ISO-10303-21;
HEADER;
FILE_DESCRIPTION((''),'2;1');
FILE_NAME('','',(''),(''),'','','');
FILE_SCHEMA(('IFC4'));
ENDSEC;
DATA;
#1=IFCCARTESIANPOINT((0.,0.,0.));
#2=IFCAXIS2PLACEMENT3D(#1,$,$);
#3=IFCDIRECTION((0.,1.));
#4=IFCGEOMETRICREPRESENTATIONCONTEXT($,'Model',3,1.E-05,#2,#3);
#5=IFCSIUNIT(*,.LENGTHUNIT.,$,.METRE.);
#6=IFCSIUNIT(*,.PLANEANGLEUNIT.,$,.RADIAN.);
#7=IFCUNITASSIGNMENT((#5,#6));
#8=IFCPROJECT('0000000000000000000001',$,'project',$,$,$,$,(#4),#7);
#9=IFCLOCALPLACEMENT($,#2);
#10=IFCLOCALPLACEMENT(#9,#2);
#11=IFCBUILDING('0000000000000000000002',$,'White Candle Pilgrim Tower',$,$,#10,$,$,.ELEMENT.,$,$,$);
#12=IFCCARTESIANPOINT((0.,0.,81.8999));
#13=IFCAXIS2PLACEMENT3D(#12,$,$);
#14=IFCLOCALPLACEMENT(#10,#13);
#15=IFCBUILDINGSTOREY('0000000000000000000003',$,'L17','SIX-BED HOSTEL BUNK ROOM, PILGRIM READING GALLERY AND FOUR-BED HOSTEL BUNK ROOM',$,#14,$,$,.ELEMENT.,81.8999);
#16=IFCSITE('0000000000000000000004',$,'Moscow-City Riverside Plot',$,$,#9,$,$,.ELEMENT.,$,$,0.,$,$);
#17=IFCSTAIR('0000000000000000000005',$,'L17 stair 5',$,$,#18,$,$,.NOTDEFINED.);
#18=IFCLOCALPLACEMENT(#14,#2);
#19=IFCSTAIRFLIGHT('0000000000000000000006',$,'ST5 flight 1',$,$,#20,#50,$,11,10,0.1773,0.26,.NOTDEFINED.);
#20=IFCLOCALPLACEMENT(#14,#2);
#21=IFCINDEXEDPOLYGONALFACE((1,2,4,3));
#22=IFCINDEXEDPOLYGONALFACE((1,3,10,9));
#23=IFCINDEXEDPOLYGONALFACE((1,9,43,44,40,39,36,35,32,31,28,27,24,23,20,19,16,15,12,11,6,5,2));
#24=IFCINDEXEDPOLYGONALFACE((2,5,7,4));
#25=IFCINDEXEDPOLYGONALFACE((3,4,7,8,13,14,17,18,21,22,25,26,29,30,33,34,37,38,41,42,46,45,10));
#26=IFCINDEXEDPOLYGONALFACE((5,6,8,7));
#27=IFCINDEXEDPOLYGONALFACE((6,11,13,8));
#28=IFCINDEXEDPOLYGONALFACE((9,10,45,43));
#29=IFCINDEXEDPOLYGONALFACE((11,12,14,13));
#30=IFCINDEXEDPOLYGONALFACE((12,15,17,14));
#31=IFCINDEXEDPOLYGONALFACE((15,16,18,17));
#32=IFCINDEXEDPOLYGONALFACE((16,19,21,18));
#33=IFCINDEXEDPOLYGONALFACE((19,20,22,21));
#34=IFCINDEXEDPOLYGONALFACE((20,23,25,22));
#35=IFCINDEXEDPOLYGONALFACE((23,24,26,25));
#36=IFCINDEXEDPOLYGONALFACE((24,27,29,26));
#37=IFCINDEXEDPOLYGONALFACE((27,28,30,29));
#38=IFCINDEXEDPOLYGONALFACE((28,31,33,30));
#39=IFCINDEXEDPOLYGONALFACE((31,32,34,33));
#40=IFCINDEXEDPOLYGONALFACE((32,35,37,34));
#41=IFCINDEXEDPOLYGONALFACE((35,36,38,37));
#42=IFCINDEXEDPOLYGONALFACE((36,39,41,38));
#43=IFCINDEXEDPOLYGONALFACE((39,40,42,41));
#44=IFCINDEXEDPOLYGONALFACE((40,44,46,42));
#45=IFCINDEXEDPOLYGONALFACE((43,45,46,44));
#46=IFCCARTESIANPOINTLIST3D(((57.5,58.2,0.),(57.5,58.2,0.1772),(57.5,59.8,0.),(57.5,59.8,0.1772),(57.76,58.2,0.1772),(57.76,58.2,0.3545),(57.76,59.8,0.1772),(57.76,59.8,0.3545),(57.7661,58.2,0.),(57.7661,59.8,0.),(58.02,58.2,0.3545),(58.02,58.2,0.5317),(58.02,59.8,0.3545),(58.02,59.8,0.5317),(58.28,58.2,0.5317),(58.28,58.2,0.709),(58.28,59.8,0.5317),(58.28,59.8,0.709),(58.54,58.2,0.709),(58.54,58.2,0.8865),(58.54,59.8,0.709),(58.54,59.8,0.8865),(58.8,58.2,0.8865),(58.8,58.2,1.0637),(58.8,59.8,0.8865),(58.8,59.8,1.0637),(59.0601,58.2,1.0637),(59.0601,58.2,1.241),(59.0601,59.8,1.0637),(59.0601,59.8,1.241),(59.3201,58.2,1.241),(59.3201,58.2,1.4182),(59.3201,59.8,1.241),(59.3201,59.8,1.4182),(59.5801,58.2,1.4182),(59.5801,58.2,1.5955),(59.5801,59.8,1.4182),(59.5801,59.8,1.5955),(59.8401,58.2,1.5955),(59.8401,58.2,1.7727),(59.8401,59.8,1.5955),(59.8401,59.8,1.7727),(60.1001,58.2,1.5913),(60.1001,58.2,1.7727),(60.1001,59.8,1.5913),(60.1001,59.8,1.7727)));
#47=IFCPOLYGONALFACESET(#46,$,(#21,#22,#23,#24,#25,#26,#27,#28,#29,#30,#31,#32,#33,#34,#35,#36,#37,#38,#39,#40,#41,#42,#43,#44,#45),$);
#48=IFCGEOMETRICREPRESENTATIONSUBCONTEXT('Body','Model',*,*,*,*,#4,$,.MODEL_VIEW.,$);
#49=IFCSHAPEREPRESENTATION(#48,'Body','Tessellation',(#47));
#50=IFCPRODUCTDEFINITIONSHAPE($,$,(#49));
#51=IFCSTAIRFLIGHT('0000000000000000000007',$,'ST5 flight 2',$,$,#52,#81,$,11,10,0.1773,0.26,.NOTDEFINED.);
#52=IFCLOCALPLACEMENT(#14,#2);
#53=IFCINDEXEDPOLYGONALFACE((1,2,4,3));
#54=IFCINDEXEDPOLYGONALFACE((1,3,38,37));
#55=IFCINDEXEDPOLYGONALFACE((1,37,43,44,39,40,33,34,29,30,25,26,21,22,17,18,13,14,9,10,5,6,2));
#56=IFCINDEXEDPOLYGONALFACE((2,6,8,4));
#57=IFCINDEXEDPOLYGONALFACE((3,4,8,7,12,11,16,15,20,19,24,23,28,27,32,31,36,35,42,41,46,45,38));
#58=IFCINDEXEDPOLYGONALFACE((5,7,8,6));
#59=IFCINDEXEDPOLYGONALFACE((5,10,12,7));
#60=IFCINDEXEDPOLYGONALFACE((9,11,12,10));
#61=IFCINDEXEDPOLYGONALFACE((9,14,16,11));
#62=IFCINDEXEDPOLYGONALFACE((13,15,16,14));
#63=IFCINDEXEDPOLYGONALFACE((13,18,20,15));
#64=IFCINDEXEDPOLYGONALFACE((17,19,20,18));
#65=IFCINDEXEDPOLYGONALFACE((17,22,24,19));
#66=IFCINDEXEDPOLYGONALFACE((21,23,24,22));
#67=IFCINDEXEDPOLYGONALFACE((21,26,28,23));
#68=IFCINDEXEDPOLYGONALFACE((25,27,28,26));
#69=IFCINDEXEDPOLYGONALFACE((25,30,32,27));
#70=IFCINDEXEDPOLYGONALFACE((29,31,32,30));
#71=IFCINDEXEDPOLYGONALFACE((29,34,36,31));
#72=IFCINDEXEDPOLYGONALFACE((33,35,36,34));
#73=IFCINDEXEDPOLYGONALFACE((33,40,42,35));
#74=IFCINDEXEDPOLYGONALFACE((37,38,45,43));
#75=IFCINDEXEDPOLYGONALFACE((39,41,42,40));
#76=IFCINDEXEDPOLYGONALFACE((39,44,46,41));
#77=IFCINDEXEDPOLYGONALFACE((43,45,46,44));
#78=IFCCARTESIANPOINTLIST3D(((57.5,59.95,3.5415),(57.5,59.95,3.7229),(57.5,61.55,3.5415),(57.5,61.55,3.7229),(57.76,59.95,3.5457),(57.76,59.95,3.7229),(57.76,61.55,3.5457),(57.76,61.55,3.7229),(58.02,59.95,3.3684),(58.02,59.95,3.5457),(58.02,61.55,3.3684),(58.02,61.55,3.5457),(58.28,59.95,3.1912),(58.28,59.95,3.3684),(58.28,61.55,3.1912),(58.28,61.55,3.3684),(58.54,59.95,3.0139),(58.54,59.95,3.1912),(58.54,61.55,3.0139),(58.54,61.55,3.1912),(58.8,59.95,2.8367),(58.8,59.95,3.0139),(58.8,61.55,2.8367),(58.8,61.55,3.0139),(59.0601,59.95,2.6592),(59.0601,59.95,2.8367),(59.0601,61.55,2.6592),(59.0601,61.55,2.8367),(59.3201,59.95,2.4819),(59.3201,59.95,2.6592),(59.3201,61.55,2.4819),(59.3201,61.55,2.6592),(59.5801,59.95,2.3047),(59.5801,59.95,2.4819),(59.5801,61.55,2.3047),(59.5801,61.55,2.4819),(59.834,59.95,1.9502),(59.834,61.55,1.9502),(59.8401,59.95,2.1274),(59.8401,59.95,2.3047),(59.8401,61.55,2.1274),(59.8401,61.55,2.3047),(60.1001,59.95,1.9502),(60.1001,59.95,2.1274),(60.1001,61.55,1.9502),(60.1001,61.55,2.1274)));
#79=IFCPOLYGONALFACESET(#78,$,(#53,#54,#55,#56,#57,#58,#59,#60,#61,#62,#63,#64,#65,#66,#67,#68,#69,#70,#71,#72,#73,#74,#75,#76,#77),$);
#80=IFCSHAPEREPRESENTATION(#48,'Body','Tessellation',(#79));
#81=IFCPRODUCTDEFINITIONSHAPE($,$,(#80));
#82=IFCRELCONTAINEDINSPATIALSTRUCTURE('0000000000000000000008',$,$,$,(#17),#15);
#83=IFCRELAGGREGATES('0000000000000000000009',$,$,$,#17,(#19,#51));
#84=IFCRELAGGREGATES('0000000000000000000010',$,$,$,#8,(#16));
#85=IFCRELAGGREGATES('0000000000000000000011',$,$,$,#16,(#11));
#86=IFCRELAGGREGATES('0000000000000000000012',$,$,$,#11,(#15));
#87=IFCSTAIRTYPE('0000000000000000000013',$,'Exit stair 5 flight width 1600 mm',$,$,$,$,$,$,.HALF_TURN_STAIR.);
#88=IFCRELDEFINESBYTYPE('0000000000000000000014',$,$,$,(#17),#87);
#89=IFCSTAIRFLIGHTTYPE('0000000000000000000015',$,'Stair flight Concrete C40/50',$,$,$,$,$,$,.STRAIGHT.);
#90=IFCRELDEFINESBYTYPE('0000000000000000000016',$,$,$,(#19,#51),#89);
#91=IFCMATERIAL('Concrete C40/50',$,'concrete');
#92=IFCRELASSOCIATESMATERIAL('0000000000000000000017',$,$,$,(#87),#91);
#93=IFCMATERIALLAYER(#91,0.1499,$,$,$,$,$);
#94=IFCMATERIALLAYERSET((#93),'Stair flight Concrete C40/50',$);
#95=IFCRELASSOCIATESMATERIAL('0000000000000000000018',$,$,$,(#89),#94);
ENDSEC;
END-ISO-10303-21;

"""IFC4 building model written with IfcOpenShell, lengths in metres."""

from ifc_helpers import new_model, si_unit, direction, frame, origin, place, context, subcontext, project, spatial, polyline, outline, extrude, material, layer, layer_set, type_object, element, aggregate, save


model = new_model("IFC4")

# Units and contexts
model_context = context("Model", 3, precision=1e-05, world=origin(), true_north=direction((0.0, 1.0)))
body_context = subcontext(model_context, "Body", "Model", "MODEL_VIEW")
ifc_project = project(units=[si_unit("LENGTHUNIT", "METRE"), si_unit("PLANEANGLEUNIT", "RADIAN")], contexts=[model_context])

# Site, building, storey
site_placement = place(None, origin())
site = spatial("IfcSite", under=ifc_project, at=site_placement, Name="Moscow-City Riverside Plot", CompositionType="ELEMENT", RefElevation=0.0)
building_placement = place(site_placement, origin())
building = spatial("IfcBuilding", under=site, at=building_placement, Name="White Candle Pilgrim Tower", CompositionType="ELEMENT")
storey_placement = place(building_placement, frame((0.0, 0.0, 81.8999)))
storey = spatial("IfcBuildingStorey", under=building, at=storey_placement, Name="L17", Description="SIX-BED HOSTEL BUNK ROOM, PILGRIM READING GALLERY AND FOUR-BED HOSTEL BUNK ROOM", CompositionType="ELEMENT", Elevation=81.8999)

# Stair, stair flights
ifc_material_1 = material(Name="Concrete C40/50", Category="concrete")
stair_type = type_object("IfcStairType", Name="Exit stair 5 flight width 1600 mm", PredefinedType="HALF_TURN_STAIR", material=ifc_material_1)
stair_placement = place(storey_placement, origin())
stair = element("IfcStair", 1, at=stair_placement, inside=storey, type_object=stair_type, Name="L17 stair 5", PredefinedType="NOTDEFINED")
ifc_layer_1 = layer(ifc_material_1, 0.1499)
ifc_layer_set_1 = layer_set([ifc_layer_1], Name="Stair flight Concrete C40/50")
stair_flight_type = type_object("IfcStairFlightType", Name="Stair flight Concrete C40/50", PredefinedType="STRAIGHT", material=ifc_layer_set_1)
stair_flight_1_placement = place(storey_placement, frame((57.5, 59.0, 0.0), z_axis=(0.0, 0.0, 1.0), x_axis=(1.0, 0.0, 0.0)))
stair_flight_1 = element("IfcStairFlight", 2, at=stair_flight_1_placement, type_object=stair_flight_type, Name="ST5 flight 1", NumberOfRisers=11, NumberOfTreads=10, PredefinedType="NOTDEFINED", RiserHeight=0.1773, TreadLength=0.26, context=body_context, shape_type="SweptSolid", body=[
    extrude(outline(polyline([(0.0, 0.0), (0.0, 0.1772), (0.26, 0.1772), (0.26, 0.3545), (0.52, 0.3545), (0.52, 0.5317), (0.78, 0.5317), (0.78, 0.709), (1.04, 0.709), (1.04, 0.8865), (1.3, 0.8865), (1.3, 1.0637), (1.5601, 1.0637), (1.5601, 1.241), (1.8201, 1.241), (1.8201, 1.4182), (2.0801, 1.4182), (2.0801, 1.5955), (2.3401, 1.5955), (2.3401, 1.7727), (2.6001, 1.7727), (2.6001, 1.95), (2.6001, 1.5913), (0.2661, 0.0), (0.0, 0.0)])), frame((0.0, 0.8, 0.0), z_axis=(0.0, -1.0, 0.0), x_axis=(1.0, 0.0, 0.0)), (0.0, 0.0, 1.0), 1.6001),
])
stair_flight_2_placement = place(storey_placement, frame((60.1001, 60.75, 1.9502), z_axis=(0.0, 0.0, 1.0), x_axis=(-1.0, 0.0, 0.0)))
stair_flight_2 = element("IfcStairFlight", 3, at=stair_flight_2_placement, type_object=stair_flight_type, Name="ST5 flight 2", NumberOfRisers=11, NumberOfTreads=10, PredefinedType="NOTDEFINED", RiserHeight=0.1773, TreadLength=0.26, context=body_context, shape_type="SweptSolid", body=[
    extrude(outline(polyline([(0.0, 0.0), (0.0, 0.1772), (0.26, 0.1772), (0.26, 0.3545), (0.52, 0.3545), (0.52, 0.5317), (0.78, 0.5317), (0.78, 0.709), (1.04, 0.709), (1.04, 0.8865), (1.3, 0.8865), (1.3, 1.0637), (1.5601, 1.0637), (1.5601, 1.241), (1.8201, 1.241), (1.8201, 1.4182), (2.0801, 1.4182), (2.0801, 1.5955), (2.3401, 1.5955), (2.3401, 1.7727), (2.6001, 1.7727), (2.6001, 1.95), (2.6001, 1.5913), (0.2661, 0.0), (0.0, 0.0)])), frame((0.0, 0.8, 0.0), z_axis=(0.0, -1.0, 0.0), x_axis=(1.0, 0.0, 0.0)), (0.0, 0.0, 1.0), 1.6001),
])
aggregate(stair, [stair_flight_1, stair_flight_2])

save(model, "model.ifc")
